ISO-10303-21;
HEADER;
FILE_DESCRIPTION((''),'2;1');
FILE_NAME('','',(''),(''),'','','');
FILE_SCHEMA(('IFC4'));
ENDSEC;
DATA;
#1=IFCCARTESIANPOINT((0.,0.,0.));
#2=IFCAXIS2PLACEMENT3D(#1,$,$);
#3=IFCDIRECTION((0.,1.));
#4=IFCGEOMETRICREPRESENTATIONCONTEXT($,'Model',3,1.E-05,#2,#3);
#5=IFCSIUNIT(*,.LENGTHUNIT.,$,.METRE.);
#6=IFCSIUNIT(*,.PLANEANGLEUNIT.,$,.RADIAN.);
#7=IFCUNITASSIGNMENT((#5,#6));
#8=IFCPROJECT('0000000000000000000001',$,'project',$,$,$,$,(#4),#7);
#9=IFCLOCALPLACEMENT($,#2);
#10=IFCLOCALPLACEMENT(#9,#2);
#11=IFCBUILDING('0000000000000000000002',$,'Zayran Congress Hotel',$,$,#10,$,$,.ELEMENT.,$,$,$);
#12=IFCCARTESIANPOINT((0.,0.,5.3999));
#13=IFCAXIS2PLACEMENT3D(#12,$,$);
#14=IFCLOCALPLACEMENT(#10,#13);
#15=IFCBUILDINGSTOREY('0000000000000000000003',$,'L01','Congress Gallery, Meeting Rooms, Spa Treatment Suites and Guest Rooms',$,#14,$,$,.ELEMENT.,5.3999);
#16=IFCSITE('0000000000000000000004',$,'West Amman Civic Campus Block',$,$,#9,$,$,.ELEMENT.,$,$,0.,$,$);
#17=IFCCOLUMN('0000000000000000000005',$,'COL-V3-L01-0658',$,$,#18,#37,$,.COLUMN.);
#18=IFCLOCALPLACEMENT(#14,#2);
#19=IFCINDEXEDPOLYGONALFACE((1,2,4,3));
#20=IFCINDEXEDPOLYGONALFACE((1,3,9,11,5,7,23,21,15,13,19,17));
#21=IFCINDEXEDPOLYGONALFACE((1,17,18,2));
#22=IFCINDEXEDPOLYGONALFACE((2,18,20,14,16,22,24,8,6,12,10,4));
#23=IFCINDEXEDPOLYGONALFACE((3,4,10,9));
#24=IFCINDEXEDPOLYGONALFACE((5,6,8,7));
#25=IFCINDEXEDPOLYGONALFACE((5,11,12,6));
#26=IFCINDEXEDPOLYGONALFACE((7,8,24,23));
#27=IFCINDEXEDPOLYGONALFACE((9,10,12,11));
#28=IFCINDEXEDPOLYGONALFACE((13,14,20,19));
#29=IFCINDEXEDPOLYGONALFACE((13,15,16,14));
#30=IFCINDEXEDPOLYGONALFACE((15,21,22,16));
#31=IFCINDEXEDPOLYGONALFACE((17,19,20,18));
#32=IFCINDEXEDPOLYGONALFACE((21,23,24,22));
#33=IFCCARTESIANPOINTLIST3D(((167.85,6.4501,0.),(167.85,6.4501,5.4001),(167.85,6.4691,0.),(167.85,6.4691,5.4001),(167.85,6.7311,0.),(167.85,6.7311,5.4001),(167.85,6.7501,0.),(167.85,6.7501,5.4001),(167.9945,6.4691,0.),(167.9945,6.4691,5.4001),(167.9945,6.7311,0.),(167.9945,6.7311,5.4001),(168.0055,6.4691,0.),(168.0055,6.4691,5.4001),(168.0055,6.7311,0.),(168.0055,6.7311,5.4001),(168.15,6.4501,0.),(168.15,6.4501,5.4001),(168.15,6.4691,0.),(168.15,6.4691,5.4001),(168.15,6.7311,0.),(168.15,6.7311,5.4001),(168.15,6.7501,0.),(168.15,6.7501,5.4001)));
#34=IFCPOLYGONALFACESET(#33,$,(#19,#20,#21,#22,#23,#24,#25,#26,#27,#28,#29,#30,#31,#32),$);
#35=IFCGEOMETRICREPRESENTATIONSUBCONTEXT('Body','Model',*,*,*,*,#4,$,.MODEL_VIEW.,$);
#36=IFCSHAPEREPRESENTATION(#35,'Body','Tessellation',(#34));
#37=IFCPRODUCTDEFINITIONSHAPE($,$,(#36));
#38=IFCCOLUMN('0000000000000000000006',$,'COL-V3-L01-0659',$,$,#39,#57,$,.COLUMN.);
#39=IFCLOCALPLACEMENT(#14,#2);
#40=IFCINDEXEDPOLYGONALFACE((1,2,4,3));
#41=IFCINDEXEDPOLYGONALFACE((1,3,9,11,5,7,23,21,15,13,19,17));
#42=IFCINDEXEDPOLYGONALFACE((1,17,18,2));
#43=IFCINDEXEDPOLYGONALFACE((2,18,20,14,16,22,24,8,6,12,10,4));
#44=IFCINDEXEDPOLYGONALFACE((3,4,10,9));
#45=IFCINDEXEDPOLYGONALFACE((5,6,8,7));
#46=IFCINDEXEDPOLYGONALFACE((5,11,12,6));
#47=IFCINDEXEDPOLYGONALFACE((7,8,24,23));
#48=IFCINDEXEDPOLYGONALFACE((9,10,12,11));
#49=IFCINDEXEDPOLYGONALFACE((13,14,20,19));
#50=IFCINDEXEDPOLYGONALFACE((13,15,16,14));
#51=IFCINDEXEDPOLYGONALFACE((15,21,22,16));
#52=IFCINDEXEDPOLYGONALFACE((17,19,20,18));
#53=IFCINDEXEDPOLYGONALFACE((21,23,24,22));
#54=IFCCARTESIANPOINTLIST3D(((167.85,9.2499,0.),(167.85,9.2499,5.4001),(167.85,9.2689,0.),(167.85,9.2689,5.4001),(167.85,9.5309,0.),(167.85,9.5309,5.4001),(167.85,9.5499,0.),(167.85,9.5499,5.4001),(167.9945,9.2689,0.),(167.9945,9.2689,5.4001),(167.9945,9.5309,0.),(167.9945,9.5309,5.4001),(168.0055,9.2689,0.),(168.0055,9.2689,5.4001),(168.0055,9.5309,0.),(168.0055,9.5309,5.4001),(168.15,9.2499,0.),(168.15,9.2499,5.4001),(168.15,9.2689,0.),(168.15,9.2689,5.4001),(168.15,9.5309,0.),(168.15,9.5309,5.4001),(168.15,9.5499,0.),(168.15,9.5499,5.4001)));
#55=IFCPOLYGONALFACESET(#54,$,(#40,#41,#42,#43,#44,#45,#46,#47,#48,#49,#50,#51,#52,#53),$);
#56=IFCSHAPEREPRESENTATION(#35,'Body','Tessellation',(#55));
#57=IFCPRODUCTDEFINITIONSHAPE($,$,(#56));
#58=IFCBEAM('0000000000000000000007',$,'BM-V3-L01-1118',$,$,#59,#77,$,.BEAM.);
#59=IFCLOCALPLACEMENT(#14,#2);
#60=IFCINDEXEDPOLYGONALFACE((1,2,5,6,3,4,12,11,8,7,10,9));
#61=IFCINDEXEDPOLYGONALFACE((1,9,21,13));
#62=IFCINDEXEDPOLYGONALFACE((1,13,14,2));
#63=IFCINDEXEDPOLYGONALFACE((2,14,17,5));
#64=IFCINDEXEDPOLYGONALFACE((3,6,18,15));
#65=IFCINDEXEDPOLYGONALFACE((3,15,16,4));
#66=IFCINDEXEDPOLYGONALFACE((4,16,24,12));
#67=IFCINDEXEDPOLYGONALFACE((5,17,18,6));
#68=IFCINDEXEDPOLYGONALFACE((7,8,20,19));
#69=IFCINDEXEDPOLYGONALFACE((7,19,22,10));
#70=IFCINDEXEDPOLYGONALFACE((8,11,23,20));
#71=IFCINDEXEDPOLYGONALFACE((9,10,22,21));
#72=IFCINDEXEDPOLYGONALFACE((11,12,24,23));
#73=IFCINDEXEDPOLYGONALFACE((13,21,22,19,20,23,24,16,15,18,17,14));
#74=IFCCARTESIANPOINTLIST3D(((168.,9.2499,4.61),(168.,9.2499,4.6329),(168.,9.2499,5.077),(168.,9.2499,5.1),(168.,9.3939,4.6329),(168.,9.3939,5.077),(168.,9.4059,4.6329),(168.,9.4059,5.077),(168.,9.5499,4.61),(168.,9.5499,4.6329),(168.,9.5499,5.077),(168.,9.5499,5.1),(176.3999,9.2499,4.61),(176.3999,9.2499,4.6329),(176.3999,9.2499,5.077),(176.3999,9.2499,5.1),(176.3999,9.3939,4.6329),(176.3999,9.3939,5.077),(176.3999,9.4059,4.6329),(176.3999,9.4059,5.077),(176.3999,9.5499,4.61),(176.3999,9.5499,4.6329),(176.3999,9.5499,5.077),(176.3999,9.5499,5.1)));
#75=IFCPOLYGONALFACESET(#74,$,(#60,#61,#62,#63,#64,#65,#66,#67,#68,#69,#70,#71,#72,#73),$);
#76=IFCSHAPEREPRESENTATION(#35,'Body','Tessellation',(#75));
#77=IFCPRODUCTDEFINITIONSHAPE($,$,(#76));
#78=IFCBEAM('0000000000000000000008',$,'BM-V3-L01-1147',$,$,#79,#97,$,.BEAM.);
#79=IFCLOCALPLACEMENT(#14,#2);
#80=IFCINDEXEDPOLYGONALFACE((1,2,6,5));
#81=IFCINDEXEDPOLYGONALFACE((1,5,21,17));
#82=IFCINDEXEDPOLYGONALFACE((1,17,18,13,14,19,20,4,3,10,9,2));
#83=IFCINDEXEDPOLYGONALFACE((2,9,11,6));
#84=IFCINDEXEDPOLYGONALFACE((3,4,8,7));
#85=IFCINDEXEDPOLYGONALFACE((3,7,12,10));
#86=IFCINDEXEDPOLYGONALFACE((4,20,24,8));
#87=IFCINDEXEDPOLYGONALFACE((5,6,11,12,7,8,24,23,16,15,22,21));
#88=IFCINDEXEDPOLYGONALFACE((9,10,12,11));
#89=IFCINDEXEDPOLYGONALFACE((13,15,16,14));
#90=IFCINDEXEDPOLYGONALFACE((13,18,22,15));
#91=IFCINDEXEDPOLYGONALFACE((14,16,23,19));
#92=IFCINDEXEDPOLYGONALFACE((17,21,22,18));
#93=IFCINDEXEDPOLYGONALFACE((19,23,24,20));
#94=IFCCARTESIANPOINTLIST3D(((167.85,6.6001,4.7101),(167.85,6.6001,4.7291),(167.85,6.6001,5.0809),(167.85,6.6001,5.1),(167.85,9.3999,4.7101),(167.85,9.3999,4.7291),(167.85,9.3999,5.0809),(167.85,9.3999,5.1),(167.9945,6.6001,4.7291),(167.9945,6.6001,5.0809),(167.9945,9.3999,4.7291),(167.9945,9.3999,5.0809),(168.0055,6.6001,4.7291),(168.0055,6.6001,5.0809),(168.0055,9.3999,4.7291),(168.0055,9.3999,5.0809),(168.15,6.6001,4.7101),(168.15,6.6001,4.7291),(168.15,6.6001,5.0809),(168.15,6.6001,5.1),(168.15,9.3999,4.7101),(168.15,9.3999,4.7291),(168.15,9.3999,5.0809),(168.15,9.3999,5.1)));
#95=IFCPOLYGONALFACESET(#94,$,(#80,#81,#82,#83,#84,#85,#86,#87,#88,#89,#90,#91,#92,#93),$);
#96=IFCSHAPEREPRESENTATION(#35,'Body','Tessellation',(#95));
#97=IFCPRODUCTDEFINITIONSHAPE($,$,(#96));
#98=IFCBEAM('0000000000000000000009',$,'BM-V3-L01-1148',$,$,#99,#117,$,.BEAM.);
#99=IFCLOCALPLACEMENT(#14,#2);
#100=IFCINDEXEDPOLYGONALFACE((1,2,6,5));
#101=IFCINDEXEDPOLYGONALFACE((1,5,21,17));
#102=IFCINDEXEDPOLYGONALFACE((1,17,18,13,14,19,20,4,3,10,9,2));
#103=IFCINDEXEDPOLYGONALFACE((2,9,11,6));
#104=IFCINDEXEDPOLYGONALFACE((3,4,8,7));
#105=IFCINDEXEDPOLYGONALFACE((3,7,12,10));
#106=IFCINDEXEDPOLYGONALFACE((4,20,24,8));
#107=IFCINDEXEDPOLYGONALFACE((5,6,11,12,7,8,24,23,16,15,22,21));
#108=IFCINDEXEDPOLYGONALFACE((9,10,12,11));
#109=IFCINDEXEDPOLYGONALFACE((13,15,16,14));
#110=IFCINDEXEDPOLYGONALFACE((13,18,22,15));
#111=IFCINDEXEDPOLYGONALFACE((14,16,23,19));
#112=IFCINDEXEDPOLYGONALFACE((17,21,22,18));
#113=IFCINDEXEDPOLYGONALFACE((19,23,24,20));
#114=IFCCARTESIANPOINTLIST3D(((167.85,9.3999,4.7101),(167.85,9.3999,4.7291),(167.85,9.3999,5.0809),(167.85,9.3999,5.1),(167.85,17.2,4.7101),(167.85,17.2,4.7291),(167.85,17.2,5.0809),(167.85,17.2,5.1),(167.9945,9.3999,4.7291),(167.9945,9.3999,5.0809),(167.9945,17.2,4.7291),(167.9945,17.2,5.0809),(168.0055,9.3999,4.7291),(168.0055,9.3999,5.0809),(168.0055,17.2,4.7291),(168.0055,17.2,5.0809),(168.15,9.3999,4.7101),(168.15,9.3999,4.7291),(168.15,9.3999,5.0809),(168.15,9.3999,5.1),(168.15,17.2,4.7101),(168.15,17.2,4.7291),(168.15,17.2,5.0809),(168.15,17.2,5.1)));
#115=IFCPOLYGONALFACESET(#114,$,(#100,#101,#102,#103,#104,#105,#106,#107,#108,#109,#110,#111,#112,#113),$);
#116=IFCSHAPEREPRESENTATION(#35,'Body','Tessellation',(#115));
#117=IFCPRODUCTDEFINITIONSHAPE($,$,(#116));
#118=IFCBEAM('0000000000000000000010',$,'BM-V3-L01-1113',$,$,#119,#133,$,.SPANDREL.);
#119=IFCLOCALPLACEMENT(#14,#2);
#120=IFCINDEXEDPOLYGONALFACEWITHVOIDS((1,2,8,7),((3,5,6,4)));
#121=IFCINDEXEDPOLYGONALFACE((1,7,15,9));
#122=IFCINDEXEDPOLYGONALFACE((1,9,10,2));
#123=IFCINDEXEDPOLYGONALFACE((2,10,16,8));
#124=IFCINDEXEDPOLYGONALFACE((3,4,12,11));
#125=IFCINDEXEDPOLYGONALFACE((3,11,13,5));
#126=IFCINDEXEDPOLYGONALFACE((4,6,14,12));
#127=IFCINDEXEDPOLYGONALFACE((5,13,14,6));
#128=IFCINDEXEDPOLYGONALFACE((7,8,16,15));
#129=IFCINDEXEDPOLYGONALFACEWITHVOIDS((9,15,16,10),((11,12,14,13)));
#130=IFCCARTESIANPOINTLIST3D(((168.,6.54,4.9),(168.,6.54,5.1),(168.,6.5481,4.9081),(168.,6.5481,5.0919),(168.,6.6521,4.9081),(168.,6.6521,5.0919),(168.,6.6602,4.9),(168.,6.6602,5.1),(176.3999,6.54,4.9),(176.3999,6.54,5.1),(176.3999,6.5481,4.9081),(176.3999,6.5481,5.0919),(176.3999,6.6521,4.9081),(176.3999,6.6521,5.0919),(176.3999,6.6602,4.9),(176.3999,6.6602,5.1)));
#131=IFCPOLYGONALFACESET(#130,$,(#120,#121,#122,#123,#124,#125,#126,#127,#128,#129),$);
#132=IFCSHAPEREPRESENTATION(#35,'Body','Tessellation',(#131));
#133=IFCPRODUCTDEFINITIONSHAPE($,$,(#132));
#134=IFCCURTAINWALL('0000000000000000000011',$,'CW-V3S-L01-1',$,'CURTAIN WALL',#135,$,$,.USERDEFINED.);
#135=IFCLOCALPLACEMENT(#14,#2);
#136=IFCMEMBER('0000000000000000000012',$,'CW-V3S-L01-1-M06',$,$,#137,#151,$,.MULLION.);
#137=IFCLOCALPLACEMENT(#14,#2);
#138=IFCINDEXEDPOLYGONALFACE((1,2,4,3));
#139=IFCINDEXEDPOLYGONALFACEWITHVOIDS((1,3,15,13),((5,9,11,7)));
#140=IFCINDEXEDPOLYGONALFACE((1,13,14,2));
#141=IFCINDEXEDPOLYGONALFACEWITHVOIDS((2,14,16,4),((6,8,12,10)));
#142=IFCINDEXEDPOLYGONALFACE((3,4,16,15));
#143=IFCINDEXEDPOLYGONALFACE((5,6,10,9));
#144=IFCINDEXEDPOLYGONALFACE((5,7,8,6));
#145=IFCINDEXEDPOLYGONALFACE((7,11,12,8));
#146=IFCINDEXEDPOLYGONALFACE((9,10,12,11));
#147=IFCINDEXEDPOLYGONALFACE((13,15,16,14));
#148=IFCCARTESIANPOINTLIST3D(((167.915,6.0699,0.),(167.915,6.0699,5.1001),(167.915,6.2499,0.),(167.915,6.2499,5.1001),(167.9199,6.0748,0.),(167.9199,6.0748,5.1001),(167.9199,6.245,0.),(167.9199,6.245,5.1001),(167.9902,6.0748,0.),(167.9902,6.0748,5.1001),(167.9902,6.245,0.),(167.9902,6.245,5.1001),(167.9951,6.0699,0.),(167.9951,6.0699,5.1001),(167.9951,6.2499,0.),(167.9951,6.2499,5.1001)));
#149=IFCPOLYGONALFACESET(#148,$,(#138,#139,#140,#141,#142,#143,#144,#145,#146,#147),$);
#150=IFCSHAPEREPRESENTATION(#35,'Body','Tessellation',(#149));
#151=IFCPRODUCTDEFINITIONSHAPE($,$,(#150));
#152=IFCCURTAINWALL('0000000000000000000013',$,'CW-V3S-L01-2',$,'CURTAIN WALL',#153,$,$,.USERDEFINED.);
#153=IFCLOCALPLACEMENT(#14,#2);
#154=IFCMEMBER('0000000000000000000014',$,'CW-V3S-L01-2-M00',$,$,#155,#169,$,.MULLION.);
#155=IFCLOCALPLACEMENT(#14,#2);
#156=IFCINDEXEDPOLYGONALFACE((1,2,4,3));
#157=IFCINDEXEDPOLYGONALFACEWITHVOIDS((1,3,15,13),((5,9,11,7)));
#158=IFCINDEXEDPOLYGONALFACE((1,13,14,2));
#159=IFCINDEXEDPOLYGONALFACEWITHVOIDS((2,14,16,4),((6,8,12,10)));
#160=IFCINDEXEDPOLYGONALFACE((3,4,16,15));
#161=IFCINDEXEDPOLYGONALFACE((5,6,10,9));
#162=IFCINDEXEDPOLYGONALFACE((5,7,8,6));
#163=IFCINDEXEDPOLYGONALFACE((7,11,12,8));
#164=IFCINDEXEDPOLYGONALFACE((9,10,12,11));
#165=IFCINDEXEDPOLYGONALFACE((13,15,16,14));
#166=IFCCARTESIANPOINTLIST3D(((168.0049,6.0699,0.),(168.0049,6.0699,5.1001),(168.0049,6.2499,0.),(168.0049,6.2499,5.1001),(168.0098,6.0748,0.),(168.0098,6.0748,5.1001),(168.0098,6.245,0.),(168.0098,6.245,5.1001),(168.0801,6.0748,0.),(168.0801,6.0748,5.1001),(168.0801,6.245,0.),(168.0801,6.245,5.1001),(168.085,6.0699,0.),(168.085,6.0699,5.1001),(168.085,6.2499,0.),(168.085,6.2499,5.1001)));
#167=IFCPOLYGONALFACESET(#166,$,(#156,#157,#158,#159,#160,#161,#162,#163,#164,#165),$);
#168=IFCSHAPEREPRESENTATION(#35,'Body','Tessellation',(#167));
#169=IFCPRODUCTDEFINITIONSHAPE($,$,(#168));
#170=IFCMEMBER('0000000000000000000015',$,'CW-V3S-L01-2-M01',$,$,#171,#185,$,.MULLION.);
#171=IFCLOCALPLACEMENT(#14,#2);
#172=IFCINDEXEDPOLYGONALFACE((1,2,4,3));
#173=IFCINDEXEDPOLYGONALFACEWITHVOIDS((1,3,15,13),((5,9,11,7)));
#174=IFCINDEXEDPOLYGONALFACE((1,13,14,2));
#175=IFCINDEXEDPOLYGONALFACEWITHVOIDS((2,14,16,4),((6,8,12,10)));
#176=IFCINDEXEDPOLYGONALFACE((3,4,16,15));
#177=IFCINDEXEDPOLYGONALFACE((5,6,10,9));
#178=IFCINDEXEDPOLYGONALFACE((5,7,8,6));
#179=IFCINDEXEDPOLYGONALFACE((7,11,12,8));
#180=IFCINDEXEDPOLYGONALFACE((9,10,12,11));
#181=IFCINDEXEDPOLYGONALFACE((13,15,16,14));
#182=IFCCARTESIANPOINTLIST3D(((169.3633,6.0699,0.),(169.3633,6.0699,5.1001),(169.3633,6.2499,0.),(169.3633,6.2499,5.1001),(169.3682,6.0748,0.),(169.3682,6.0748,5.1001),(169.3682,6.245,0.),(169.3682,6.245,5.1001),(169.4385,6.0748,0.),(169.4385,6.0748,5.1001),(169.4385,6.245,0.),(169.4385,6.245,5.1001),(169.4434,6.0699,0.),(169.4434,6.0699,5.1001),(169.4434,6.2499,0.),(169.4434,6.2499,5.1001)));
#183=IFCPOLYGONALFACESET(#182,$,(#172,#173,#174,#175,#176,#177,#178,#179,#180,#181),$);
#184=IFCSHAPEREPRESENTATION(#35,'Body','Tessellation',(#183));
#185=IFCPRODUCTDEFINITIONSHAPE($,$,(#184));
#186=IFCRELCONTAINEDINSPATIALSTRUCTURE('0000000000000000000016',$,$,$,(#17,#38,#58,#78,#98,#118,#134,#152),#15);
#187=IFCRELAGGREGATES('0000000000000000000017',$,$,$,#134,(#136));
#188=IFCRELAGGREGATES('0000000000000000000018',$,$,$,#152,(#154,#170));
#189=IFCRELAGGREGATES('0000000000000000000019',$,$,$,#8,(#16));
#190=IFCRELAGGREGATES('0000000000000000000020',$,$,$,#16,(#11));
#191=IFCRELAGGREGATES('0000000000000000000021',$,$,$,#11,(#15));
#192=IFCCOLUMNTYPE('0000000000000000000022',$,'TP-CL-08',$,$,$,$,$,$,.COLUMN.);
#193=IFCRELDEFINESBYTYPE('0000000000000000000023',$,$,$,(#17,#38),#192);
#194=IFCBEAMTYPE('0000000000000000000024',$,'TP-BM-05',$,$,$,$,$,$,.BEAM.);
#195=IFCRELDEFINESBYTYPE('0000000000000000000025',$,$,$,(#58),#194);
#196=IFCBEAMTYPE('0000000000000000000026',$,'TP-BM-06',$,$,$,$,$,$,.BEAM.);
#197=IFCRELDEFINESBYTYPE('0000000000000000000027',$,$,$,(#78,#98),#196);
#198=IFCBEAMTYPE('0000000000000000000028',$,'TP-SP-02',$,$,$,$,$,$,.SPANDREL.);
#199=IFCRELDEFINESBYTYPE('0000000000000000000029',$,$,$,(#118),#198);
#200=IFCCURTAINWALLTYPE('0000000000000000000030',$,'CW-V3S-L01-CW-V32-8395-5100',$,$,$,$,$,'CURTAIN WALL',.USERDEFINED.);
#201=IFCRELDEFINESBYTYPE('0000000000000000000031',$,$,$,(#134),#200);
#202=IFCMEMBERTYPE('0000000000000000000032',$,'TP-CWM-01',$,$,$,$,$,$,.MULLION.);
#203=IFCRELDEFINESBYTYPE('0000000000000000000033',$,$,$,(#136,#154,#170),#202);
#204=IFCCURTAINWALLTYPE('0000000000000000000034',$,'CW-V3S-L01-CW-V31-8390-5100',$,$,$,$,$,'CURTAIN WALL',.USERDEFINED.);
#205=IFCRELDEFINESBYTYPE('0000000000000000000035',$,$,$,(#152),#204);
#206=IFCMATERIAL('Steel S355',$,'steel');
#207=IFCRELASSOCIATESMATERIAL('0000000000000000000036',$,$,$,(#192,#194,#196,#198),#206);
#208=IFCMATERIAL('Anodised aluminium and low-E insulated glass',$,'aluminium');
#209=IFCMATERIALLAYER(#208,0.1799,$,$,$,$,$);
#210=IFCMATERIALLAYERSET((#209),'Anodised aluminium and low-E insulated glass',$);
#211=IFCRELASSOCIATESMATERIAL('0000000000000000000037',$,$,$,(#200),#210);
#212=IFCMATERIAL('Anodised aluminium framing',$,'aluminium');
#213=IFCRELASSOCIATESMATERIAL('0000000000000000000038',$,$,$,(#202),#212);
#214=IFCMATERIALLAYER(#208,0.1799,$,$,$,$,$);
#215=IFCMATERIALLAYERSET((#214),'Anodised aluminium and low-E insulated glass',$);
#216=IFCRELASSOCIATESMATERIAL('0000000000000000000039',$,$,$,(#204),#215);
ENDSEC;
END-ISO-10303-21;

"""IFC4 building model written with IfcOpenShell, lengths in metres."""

from ifc_helpers import new_model, si_unit, direction, frame, origin, origin_2d, place, context, subcontext, project, spatial, hollow_rectangle, i_section, extrude, material, layer, layer_set, material_profile, profile_set, type_object, element, aggregate, save


model = new_model("IFC4")

# Units and contexts
model_context = context("Model", 3, precision=1e-05, world=origin(), true_north=direction((0.0, 1.0)))
body_context = subcontext(model_context, "Body", "Model", "MODEL_VIEW")
ifc_project = project(units=[si_unit("LENGTHUNIT", "METRE"), si_unit("PLANEANGLEUNIT", "RADIAN")], contexts=[model_context])

# Site, building, storey
site_placement = place(None, origin())
site = spatial("IfcSite", under=ifc_project, at=site_placement, Name="West Amman Civic Campus Block", CompositionType="ELEMENT", RefElevation=0.0)
building_placement = place(site_placement, origin())
building = spatial("IfcBuilding", under=site, at=building_placement, Name="Zayran Congress Hotel", CompositionType="ELEMENT")
storey_placement = place(building_placement, frame((0.0, 0.0, 5.3999)))
storey = spatial("IfcBuildingStorey", under=building, at=storey_placement, Name="L01", Description="Congress Gallery, Meeting Rooms, Spa Treatment Suites and Guest Rooms", CompositionType="ELEMENT", Elevation=5.3999)

# Columns
ifc_material_1 = material(Name="Steel S355", Category="steel")
ifc_material_profile_1 = material_profile(ifc_material_1, i_section(OverallWidth=0.3, OverallDepth=0.3, WebThickness=0.011, FlangeThickness=0.019, at=origin_2d()), Name="HEB 300")
ifc_profile_set_1 = profile_set([ifc_material_profile_1], Name="Steel S355")
column_type = type_object("IfcColumnType", Name="TP-CL-08", PredefinedType="COLUMN", material=ifc_profile_set_1)
for number, where, z_axis, x_axis, name in (
    (1, (168.0, 6.6001, 0.0), (0.0, 0.0, 1.0), (1.0, 0.0, 0.0), "COL-V3-L01-0658"),
    (2, (168.0, 9.3999, 0.0), (0.0, 0.0, 1.0), (1.0, 0.0, 0.0), "COL-V3-L01-0659"),
):
    element("IfcColumn", number, at=place(storey_placement, frame(where, z_axis=z_axis, x_axis=x_axis)), inside=storey, type_object=column_type, Name=name, PredefinedType="COLUMN", context=body_context, shape_type="SweptSolid", body=[
        extrude(i_section(OverallWidth=0.3, OverallDepth=0.3, WebThickness=0.011, FlangeThickness=0.019, at=origin_2d()), origin(), (0.0, 0.0, 1.0), 5.4001),
    ])

# Beams
ifc_material_profile_2 = material_profile(ifc_material_1, i_section(OverallWidth=0.3, OverallDepth=0.49, WebThickness=0.012, FlangeThickness=0.0229, at=origin_2d()), Name="HEA 500")
ifc_profile_set_2 = profile_set([ifc_material_profile_2], Name="Steel S355")
beam_type_1 = type_object("IfcBeamType", Name="TP-BM-05", PredefinedType="BEAM", material=ifc_profile_set_2)
beam_1_placement = place(storey_placement, frame((168.0, 9.3999, 4.855), z_axis=(1.0, 0.0, 0.0), x_axis=(0.0, 1.0, 0.0)))
element("IfcBeam", 3, at=beam_1_placement, inside=storey, type_object=beam_type_1, Name="BM-V3-L01-1118", PredefinedType="BEAM", context=body_context, shape_type="SweptSolid", body=[
    extrude(i_section(OverallWidth=0.3, OverallDepth=0.49, WebThickness=0.012, FlangeThickness=0.0229, at=origin_2d()), origin(), (0.0, 0.0, 1.0), 8.3999),
])
ifc_material_profile_3 = material_profile(ifc_material_1, i_section(OverallWidth=0.3, OverallDepth=0.3899, WebThickness=0.011, FlangeThickness=0.019, at=origin_2d()), Name="HEA 400")
ifc_profile_set_3 = profile_set([ifc_material_profile_3], Name="Steel S355")
beam_type_2 = type_object("IfcBeamType", Name="TP-BM-06", PredefinedType="BEAM", material=ifc_profile_set_3)
beam_2_placement = place(storey_placement, frame((168.0, 6.6001, 4.905), z_axis=(0.0, 1.0, 0.0), x_axis=(-1.0, 0.0, 0.0)))
element("IfcBeam", 4, at=beam_2_placement, inside=storey, type_object=beam_type_2, Name="BM-V3-L01-1147", PredefinedType="BEAM", context=body_context, shape_type="SweptSolid", body=[
    extrude(i_section(OverallWidth=0.3, OverallDepth=0.3899, WebThickness=0.011, FlangeThickness=0.019, at=origin_2d()), origin(), (0.0, 0.0, 1.0), 2.7998),
])
beam_3_placement = place(storey_placement, frame((168.0, 9.3999, 4.905), z_axis=(0.0, 1.0, 0.0), x_axis=(-1.0, 0.0, 0.0)))
element("IfcBeam", 5, at=beam_3_placement, inside=storey, type_object=beam_type_2, Name="BM-V3-L01-1148", PredefinedType="BEAM", context=body_context, shape_type="SweptSolid", body=[
    extrude(i_section(OverallWidth=0.3, OverallDepth=0.3899, WebThickness=0.011, FlangeThickness=0.019, at=origin_2d()), origin(), (0.0, 0.0, 1.0), 7.8),
])
ifc_material_profile_4 = material_profile(ifc_material_1, hollow_rectangle(XDim=0.1201, YDim=0.2, WallThickness=0.0081, at=origin_2d()), Name="RHS 200x120x8")
ifc_profile_set_4 = profile_set([ifc_material_profile_4], Name="Steel S355")
beam_type_3 = type_object("IfcBeamType", Name="TP-SP-02", PredefinedType="SPANDREL", material=ifc_profile_set_4)
beam_4_placement = place(storey_placement, frame((168.0, 6.6001, 5.0), z_axis=(1.0, 0.0, 0.0), x_axis=(0.0, 1.0, 0.0)))
element("IfcBeam", 6, at=beam_4_placement, inside=storey, type_object=beam_type_3, Name="BM-V3-L01-1113", PredefinedType="SPANDREL", context=body_context, shape_type="SweptSolid", body=[
    extrude(hollow_rectangle(XDim=0.1201, YDim=0.2, WallThickness=0.0081, at=origin_2d()), origin(), (0.0, 0.0, 1.0), 8.3999),
])

# Curtain wall, member
ifc_material_2 = material(Name="Anodised aluminium and low-E insulated glass", Category="aluminium")
ifc_layer_1 = layer(ifc_material_2, 0.1799)
ifc_layer_set_1 = layer_set([ifc_layer_1], Name="Anodised aluminium and low-E insulated glass")
curtain_wall_type_1 = type_object("IfcCurtainWallType", Name="CW-V3S-L01-CW-V32-8395-5100", ElementType="CURTAIN WALL", PredefinedType="USERDEFINED", material=ifc_layer_set_1)
curtain_wall_1_placement = place(storey_placement, origin())
curtain_wall_1 = element("IfcCurtainWall", 7, at=curtain_wall_1_placement, inside=storey, type_object=curtain_wall_type_1, Name="CW-V3S-L01-1", ObjectType="CURTAIN WALL", PredefinedType="USERDEFINED")
ifc_material_3 = material(Name="Anodised aluminium framing", Category="aluminium")
ifc_material_profile_5 = material_profile(ifc_material_3, hollow_rectangle(XDim=0.0801, YDim=0.1799, WallThickness=0.0049, at=origin_2d()), Name="RHS 180x80x5")
ifc_profile_set_5 = profile_set([ifc_material_profile_5], Name="Anodised aluminium framing")
member_type_1 = type_object("IfcMemberType", Name="TP-CWM-01", PredefinedType="MULLION", material=ifc_profile_set_5)
member_1_placement = place(storey_placement, frame((167.9551, 6.1599, 0.0), z_axis=(0.0, 0.0, 1.0), x_axis=(1.0, 0.0, 0.0)))
member_1 = element("IfcMember", 8, at=member_1_placement, type_object=member_type_1, Name="CW-V3S-L01-1-M06", PredefinedType="MULLION", context=body_context, shape_type="SweptSolid", body=[
    extrude(hollow_rectangle(XDim=0.0801, YDim=0.1799, WallThickness=0.0049, at=origin_2d()), origin(), (0.0, 0.0, 1.0), 5.1001),
])

# Curtain wall, members
ifc_layer_2 = layer(ifc_material_2, 0.1799)
ifc_layer_set_2 = layer_set([ifc_layer_2], Name="Anodised aluminium and low-E insulated glass")
curtain_wall_type_2 = type_object("IfcCurtainWallType", Name="CW-V3S-L01-CW-V31-8390-5100", ElementType="CURTAIN WALL", PredefinedType="USERDEFINED", material=ifc_layer_set_2)
curtain_wall_2_placement = place(storey_placement, origin())
curtain_wall_2 = element("IfcCurtainWall", 9, at=curtain_wall_2_placement, inside=storey, type_object=curtain_wall_type_2, Name="CW-V3S-L01-2", ObjectType="CURTAIN WALL", PredefinedType="USERDEFINED")
member_2_placement = place(storey_placement, frame((168.0449, 6.1599, 0.0), z_axis=(0.0, 0.0, 1.0), x_axis=(1.0, 0.0, 0.0)))
member_2 = element("IfcMember", 10, at=member_2_placement, type_object=member_type_1, Name="CW-V3S-L01-2-M00", PredefinedType="MULLION", context=body_context, shape_type="SweptSolid", body=[
    extrude(hollow_rectangle(XDim=0.0801, YDim=0.1799, WallThickness=0.0049, at=origin_2d()), origin(), (0.0, 0.0, 1.0), 5.1001),
])
member_3_placement = place(storey_placement, frame((169.4033, 6.1599, 0.0), z_axis=(0.0, 0.0, 1.0), x_axis=(1.0, 0.0, 0.0)))
member_3 = element("IfcMember", 11, at=member_3_placement, type_object=member_type_1, Name="CW-V3S-L01-2-M01", PredefinedType="MULLION", context=body_context, shape_type="SweptSolid", body=[
    extrude(hollow_rectangle(XDim=0.0801, YDim=0.1799, WallThickness=0.0049, at=origin_2d()), origin(), (0.0, 0.0, 1.0), 5.1001),
])

aggregate(curtain_wall_1, [member_1])
aggregate(curtain_wall_2, [member_2, member_3])

save(model, "model.ifc")
